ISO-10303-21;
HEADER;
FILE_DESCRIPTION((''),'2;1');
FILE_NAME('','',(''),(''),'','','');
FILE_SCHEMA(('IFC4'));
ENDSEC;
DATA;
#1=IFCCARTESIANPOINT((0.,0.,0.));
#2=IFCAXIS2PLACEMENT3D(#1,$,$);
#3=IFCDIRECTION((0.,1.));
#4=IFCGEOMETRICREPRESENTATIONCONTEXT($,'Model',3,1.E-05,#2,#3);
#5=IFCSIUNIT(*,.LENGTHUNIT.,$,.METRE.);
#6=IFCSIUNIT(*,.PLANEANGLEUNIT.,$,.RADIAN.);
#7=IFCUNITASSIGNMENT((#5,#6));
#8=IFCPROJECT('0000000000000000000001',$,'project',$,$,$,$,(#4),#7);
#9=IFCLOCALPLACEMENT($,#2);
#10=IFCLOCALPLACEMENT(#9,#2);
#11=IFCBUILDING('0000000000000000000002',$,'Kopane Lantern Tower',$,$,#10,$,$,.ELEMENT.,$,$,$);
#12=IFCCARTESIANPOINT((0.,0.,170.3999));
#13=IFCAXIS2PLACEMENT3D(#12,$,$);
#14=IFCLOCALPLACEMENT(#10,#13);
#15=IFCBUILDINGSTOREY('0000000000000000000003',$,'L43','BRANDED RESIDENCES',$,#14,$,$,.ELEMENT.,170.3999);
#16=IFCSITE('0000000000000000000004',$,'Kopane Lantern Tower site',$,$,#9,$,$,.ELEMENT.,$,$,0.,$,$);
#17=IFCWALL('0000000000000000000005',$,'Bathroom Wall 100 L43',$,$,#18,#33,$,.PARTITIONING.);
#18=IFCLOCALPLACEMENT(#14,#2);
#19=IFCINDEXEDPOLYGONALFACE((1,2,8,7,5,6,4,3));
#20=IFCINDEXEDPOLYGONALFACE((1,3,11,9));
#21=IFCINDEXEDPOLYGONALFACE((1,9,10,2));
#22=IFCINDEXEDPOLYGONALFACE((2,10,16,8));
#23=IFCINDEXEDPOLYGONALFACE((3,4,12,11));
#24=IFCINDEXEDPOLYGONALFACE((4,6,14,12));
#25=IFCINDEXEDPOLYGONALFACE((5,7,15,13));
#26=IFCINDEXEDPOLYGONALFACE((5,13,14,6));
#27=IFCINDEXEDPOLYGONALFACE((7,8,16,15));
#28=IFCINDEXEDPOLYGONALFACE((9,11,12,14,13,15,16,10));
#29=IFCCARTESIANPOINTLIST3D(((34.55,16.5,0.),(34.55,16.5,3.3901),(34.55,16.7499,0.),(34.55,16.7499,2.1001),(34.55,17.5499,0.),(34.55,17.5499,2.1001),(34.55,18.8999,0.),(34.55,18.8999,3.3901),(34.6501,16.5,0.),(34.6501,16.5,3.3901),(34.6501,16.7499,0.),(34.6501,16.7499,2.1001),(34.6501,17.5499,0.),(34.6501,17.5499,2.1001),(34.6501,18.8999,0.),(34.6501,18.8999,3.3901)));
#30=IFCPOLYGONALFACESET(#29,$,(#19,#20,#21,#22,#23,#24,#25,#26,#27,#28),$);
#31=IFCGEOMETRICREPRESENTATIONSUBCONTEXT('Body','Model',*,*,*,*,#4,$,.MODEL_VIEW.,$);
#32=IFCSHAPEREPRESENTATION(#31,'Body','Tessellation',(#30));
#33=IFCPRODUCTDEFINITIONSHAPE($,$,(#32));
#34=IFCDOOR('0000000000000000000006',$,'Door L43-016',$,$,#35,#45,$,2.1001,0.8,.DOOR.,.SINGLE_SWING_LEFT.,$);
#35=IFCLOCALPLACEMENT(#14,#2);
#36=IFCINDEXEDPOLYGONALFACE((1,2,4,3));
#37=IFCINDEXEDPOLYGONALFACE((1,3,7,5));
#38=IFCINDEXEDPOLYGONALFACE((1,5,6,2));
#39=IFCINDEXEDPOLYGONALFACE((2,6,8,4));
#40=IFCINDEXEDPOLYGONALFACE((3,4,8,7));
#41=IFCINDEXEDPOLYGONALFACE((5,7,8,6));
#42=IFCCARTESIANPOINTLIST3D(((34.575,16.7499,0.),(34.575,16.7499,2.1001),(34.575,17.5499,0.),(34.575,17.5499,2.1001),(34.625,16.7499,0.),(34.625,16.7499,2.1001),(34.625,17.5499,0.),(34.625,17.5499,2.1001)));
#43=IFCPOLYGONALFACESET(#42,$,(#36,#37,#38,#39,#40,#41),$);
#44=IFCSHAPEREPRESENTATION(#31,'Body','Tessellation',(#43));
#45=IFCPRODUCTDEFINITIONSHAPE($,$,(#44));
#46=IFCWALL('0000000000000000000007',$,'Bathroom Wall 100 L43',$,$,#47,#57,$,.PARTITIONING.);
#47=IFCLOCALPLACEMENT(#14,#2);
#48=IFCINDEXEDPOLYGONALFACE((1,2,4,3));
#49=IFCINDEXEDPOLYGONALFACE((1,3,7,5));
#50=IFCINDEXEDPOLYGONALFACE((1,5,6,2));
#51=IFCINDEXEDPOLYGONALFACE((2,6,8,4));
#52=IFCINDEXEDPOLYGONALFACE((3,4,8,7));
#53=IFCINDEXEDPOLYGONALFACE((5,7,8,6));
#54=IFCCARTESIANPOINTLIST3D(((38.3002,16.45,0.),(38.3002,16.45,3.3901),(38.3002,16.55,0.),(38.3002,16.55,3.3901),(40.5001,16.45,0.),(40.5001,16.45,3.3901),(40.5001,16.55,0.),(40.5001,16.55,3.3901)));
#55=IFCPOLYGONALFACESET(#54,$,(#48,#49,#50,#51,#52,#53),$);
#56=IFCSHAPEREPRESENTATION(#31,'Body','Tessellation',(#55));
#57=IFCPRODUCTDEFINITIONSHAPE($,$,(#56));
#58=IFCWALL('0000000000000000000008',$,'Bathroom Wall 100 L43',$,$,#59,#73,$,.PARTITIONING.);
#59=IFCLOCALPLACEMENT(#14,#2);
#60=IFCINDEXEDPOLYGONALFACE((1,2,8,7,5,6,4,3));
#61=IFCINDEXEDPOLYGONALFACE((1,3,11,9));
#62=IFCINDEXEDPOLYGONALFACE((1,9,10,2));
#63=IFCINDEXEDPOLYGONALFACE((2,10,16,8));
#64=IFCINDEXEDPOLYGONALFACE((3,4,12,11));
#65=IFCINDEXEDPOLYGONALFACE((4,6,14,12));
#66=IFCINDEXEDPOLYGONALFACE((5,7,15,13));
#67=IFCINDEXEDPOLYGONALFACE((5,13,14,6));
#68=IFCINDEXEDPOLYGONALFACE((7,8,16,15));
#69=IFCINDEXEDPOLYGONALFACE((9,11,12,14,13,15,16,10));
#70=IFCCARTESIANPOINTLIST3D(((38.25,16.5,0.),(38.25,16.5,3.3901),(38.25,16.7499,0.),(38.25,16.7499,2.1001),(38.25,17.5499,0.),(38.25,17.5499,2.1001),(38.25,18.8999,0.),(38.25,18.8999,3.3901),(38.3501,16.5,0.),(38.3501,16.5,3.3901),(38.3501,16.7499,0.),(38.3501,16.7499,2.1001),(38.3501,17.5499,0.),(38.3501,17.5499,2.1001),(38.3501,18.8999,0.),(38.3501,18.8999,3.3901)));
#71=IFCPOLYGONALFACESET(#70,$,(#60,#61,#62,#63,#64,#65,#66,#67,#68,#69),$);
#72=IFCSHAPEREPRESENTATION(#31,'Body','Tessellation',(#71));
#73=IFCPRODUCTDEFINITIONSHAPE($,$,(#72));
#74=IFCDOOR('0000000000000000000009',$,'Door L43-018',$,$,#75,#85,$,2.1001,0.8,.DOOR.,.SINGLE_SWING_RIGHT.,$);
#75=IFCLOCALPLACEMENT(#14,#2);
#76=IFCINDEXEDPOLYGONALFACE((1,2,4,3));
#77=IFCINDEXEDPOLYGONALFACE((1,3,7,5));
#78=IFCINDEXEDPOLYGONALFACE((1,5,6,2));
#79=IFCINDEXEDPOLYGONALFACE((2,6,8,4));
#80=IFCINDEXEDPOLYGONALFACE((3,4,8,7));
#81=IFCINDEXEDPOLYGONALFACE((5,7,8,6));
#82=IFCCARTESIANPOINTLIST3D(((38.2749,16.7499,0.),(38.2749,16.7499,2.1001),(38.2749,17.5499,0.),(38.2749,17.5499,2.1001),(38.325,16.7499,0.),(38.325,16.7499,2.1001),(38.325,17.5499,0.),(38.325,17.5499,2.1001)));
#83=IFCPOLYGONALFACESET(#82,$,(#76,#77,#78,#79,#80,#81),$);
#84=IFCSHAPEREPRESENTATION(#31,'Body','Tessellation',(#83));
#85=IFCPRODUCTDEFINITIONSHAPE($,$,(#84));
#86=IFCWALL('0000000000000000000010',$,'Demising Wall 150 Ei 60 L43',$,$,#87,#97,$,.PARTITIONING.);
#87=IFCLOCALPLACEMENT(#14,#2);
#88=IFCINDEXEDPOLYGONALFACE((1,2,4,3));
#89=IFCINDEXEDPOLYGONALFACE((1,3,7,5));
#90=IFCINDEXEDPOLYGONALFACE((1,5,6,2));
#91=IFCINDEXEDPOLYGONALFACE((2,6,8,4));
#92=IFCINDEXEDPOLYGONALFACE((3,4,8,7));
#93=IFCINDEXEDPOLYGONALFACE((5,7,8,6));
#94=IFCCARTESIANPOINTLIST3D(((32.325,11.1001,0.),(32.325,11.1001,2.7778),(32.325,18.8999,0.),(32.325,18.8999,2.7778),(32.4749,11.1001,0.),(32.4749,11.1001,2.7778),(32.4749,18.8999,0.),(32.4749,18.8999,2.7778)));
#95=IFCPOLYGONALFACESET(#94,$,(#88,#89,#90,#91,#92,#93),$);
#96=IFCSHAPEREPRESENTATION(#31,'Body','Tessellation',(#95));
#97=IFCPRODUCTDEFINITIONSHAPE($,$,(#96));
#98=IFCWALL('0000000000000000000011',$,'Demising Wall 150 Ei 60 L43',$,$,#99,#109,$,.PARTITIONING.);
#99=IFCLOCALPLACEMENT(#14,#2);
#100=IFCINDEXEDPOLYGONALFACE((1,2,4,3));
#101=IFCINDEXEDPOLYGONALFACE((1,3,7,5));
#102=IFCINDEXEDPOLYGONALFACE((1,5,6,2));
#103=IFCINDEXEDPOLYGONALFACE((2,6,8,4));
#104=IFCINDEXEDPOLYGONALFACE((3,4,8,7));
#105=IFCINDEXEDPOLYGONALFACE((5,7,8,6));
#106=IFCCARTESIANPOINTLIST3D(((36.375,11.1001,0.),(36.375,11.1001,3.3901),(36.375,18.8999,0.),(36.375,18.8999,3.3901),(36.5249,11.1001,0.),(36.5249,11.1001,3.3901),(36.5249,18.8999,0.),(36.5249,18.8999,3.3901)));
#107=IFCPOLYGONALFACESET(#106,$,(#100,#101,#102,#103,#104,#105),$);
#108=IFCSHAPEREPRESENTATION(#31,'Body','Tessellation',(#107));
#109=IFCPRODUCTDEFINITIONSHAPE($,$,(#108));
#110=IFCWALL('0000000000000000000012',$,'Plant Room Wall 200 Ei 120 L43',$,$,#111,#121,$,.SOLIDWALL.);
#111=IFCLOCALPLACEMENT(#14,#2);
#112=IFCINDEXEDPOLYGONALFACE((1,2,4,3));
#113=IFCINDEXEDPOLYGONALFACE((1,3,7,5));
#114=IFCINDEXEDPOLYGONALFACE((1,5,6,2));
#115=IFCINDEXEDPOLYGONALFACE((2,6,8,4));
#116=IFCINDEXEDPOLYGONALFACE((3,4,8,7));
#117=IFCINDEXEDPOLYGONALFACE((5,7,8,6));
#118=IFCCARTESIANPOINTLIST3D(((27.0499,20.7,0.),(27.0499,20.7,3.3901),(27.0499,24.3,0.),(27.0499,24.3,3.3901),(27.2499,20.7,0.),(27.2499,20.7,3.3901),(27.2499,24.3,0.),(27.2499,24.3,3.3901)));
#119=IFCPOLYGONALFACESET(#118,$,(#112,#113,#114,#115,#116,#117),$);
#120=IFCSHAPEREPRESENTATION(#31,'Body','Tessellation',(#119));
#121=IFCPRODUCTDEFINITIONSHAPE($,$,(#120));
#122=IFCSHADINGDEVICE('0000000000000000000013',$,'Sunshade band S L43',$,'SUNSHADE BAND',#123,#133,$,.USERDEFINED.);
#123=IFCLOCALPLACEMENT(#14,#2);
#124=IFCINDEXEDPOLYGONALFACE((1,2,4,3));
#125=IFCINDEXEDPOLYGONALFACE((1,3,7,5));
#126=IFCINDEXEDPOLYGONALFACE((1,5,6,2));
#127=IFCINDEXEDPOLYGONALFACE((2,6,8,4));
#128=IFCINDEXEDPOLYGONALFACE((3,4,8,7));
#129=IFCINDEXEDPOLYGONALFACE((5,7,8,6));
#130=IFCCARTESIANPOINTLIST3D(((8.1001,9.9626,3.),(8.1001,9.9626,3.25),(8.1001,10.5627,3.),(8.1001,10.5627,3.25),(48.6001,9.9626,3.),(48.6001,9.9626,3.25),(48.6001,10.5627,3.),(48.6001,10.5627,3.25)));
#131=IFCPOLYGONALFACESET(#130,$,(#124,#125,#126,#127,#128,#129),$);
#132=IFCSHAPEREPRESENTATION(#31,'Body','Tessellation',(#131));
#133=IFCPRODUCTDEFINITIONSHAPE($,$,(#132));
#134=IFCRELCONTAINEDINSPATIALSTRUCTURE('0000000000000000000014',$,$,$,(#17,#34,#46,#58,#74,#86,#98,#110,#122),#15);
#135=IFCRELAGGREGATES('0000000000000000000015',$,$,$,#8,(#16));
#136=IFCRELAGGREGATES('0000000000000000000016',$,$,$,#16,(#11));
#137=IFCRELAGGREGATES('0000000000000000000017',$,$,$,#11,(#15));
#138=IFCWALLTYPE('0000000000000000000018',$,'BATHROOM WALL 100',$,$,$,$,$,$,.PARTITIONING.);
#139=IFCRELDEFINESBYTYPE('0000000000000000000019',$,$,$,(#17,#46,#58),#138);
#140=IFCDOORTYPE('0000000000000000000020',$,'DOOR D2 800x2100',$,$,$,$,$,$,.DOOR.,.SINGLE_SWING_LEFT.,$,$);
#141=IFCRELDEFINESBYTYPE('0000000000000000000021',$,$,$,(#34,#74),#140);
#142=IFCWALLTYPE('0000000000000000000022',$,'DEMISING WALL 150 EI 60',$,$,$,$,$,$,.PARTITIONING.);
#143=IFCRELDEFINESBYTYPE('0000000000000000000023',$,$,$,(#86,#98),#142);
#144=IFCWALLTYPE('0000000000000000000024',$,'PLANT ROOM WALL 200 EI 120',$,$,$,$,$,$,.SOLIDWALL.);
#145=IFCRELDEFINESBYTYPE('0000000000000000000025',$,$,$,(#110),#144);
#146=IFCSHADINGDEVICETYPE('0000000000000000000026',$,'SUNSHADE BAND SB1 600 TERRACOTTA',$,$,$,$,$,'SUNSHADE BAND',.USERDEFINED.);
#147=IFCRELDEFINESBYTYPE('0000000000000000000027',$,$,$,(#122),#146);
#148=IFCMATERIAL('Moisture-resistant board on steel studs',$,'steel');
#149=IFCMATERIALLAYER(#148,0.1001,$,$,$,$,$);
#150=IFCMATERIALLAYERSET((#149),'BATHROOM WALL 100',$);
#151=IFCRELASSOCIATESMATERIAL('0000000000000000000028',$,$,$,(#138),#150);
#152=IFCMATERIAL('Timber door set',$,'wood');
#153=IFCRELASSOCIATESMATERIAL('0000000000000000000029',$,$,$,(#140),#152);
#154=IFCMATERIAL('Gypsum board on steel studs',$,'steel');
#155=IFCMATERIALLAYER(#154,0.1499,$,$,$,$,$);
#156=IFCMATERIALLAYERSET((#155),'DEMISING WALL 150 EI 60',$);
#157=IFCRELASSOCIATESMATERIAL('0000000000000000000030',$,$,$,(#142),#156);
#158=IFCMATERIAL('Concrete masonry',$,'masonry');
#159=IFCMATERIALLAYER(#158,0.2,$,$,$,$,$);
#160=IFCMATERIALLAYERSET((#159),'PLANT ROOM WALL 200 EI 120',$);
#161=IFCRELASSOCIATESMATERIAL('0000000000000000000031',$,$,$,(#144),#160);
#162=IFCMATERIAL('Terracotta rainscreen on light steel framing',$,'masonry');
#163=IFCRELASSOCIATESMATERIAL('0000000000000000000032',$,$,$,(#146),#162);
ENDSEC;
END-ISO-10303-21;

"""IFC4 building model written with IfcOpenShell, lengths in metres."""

from ifc_helpers import new_model, si_unit, direction, frame, frame_2d, origin, origin_2d, place, context, subcontext, project, spatial, rectangle, extrude, material, layer, layer_set, type_object, element, fill, save


model = new_model("IFC4")

# Units and contexts
model_context = context("Model", 3, precision=1e-05, world=origin(), true_north=direction((0.0, 1.0)))
body_context = subcontext(model_context, "Body", "Model", "MODEL_VIEW")
ifc_project = project(units=[si_unit("LENGTHUNIT", "METRE"), si_unit("PLANEANGLEUNIT", "RADIAN")], contexts=[model_context])

# Site, building, storey
site_placement = place(None, origin())
site = spatial("IfcSite", under=ifc_project, at=site_placement, Name="Kopane Lantern Tower site", CompositionType="ELEMENT", RefElevation=0.0)
building_placement = place(site_placement, origin())
building = spatial("IfcBuilding", under=site, at=building_placement, Name="Kopane Lantern Tower", CompositionType="ELEMENT")
storey_placement = place(building_placement, frame((0.0, 0.0, 170.3999)))
storey = spatial("IfcBuildingStorey", under=building, at=storey_placement, Name="L43", Description="BRANDED RESIDENCES", CompositionType="ELEMENT", Elevation=170.3999)

# Shared definitions
ifc_material_1 = material(Name="Moisture-resistant board on steel studs", Category="steel")
ifc_layer_1 = layer(ifc_material_1, 0.1001)
ifc_layer_set_1 = layer_set([ifc_layer_1], Name="BATHROOM WALL 100")
wall_type_1 = type_object("IfcWallType", Name="BATHROOM WALL 100", PredefinedType="PARTITIONING", material=ifc_layer_set_1)
ifc_material_2 = material(Name="Timber door set", Category="wood")
door_type_1 = type_object("IfcDoorType", Name="DOOR D2 800x2100", OperationType="SINGLE_SWING_LEFT", PredefinedType="DOOR", material=ifc_material_2)

# Wall, opening, door
wall_1_placement = place(storey_placement, frame((34.6001, 18.8999, 0.0), z_axis=(0.0, 0.0, 1.0), x_axis=(0.0, -1.0, 0.0)))
wall_1 = element("IfcWall", 1, at=wall_1_placement, inside=storey, type_object=wall_type_1, Name="Bathroom Wall 100 L43", PredefinedType="PARTITIONING", context=body_context, shape_type="SweptSolid", body=[
    extrude(rectangle(XDim=2.3999, YDim=0.1001, at=frame_2d((1.2, 0.0))), origin(), (0.0, 0.0, 1.0), 3.3901),
])
opening_1_placement = place(wall_1_placement, frame((1.3501, 0.0, 0.0)))
opening_1 = element("IfcOpeningElement", 2, at=opening_1_placement, cuts=wall_1, PredefinedType="OPENING", context=body_context, shape_type="SweptSolid", body=[
    extrude(rectangle(XDim=0.8, YDim=2.1001, at=frame_2d((0.3999, 1.05))), frame((0.0, 0.0601, 0.0), z_axis=(0.0, -1.0, 0.0), x_axis=(1.0, 0.0, 0.0)), (0.0, 0.0, 1.0), 0.1201),
])
door_1_placement = place(opening_1_placement, origin())
door_1 = element("IfcDoor", 3, at=door_1_placement, inside=storey, type_object=door_type_1, Name="Door L43-016", OperationType="SINGLE_SWING_LEFT", OverallHeight=2.1001, OverallWidth=0.8, PredefinedType="DOOR", context=body_context, shape_type="SweptSolid", body=[
    extrude(rectangle(XDim=0.8, YDim=2.1001, at=frame_2d((0.3999, 1.05))), frame((0.0, 0.0249, 0.0), z_axis=(0.0, -1.0, 0.0), x_axis=(1.0, 0.0, 0.0)), (0.0, 0.0, 1.0), 0.05),
])
fill(opening_1, door_1)

# Wall
wall_2_placement = place(storey_placement, frame((38.3, 16.5, 0.0), z_axis=(0.0, 0.0, 1.0), x_axis=(1.0, 0.0, 0.0)))
element("IfcWall", 4, at=wall_2_placement, inside=storey, type_object=wall_type_1, Name="Bathroom Wall 100 L43", PredefinedType="PARTITIONING", context=body_context, shape_type="SweptSolid", body=[
    extrude(rectangle(XDim=2.2, YDim=0.1001, at=frame_2d((1.1001, 0.0))), origin(), (0.0, 0.0, 1.0), 3.3901),
])

# Wall, opening, door
wall_3_placement = place(storey_placement, frame((38.3, 18.8999, 0.0), z_axis=(0.0, 0.0, 1.0), x_axis=(0.0, -1.0, 0.0)))
wall_3 = element("IfcWall", 5, at=wall_3_placement, inside=storey, type_object=wall_type_1, Name="Bathroom Wall 100 L43", PredefinedType="PARTITIONING", context=body_context, shape_type="SweptSolid", body=[
    extrude(rectangle(XDim=2.3999, YDim=0.1001, at=frame_2d((1.2, 0.0))), origin(), (0.0, 0.0, 1.0), 3.3901),
])
opening_2_placement = place(wall_3_placement, frame((1.3501, 0.0, 0.0)))
opening_2 = element("IfcOpeningElement", 6, at=opening_2_placement, cuts=wall_3, PredefinedType="OPENING", context=body_context, shape_type="SweptSolid", body=[
    extrude(rectangle(XDim=0.8, YDim=2.1001, at=frame_2d((0.3999, 1.05))), frame((0.0, 0.0601, 0.0), z_axis=(0.0, -1.0, 0.0), x_axis=(1.0, 0.0, 0.0)), (0.0, 0.0, 1.0), 0.1201),
])
door_2_placement = place(opening_2_placement, origin())
door_2 = element("IfcDoor", 7, at=door_2_placement, inside=storey, type_object=door_type_1, Name="Door L43-018", OperationType="SINGLE_SWING_RIGHT", OverallHeight=2.1001, OverallWidth=0.8, PredefinedType="DOOR", context=body_context, shape_type="SweptSolid", body=[
    extrude(rectangle(XDim=0.8, YDim=2.1001, at=frame_2d((0.3999, 1.05))), frame((0.0, 0.0249, 0.0), z_axis=(0.0, -1.0, 0.0), x_axis=(1.0, 0.0, 0.0)), (0.0, 0.0, 1.0), 0.05),
])
fill(opening_2, door_2)

# Walls
ifc_material_3 = material(Name="Gypsum board on steel studs", Category="steel")
ifc_layer_2 = layer(ifc_material_3, 0.1499)
ifc_layer_set_2 = layer_set([ifc_layer_2], Name="DEMISING WALL 150 EI 60")
wall_type_2 = type_object("IfcWallType", Name="DEMISING WALL 150 EI 60", PredefinedType="PARTITIONING", material=ifc_layer_set_2)
wall_4_placement = place(storey_placement, frame((32.3999, 18.8999, 0.0), z_axis=(0.0, 0.0, 1.0), x_axis=(0.0, -1.0, 0.0)))
element("IfcWall", 8, at=wall_4_placement, inside=storey, type_object=wall_type_2, Name="Demising Wall 150 Ei 60 L43", PredefinedType="PARTITIONING", context=body_context, shape_type="SweptSolid", body=[
    extrude(rectangle(XDim=7.7998, YDim=0.1499, at=frame_2d((3.8999, 0.0))), origin(), (0.0, 0.0, 1.0), 2.7778),
])
wall_5_placement = place(storey_placement, frame((36.45, 18.8999, 0.0), z_axis=(0.0, 0.0, 1.0), x_axis=(0.0, -1.0, 0.0)))
element("IfcWall", 9, at=wall_5_placement, inside=storey, type_object=wall_type_2, Name="Demising Wall 150 Ei 60 L43", PredefinedType="PARTITIONING", context=body_context, shape_type="SweptSolid", body=[
    extrude(rectangle(XDim=7.7998, YDim=0.1499, at=frame_2d((3.8999, 0.0))), origin(), (0.0, 0.0, 1.0), 3.3901),
])
ifc_material_4 = material(Name="Concrete masonry", Category="masonry")
ifc_layer_3 = layer(ifc_material_4, 0.2)
ifc_layer_set_3 = layer_set([ifc_layer_3], Name="PLANT ROOM WALL 200 EI 120")
wall_type_3 = type_object("IfcWallType", Name="PLANT ROOM WALL 200 EI 120", PredefinedType="SOLIDWALL", material=ifc_layer_set_3)
wall_6_placement = place(storey_placement, frame((27.1499, 20.7, 0.0), z_axis=(0.0, 0.0, 1.0), x_axis=(0.0, 1.0, 0.0)))
element("IfcWall", 10, at=wall_6_placement, inside=storey, type_object=wall_type_3, Name="Plant Room Wall 200 Ei 120 L43", PredefinedType="SOLIDWALL", context=body_context, shape_type="SweptSolid", body=[
    extrude(rectangle(XDim=3.6001, YDim=0.2, at=frame_2d((1.8, 0.0))), origin(), (0.0, 0.0, 1.0), 3.3901),
])

# Shading device
ifc_material_5 = material(Name="Terracotta rainscreen on light steel framing", Category="masonry")
shading_device_type = type_object("IfcShadingDeviceType", Name="SUNSHADE BAND SB1 600 TERRACOTTA", ElementType="SUNSHADE BAND", PredefinedType="USERDEFINED", material=ifc_material_5)
shading_device_placement = place(storey_placement, frame((28.3501, 10.2627, 3.0), z_axis=(0.0, 0.0, 1.0), x_axis=(1.0, 0.0, 0.0)))
element("IfcShadingDevice", 11, at=shading_device_placement, inside=storey, type_object=shading_device_type, Name="Sunshade band S L43", ObjectType="SUNSHADE BAND", PredefinedType="USERDEFINED", context=body_context, shape_type="SweptSolid", body=[
    extrude(rectangle(XDim=40.5, YDim=0.6001, at=origin_2d()), origin(), (0.0, 0.0, 1.0), 0.25),
])

save(model, "model.ifc")
